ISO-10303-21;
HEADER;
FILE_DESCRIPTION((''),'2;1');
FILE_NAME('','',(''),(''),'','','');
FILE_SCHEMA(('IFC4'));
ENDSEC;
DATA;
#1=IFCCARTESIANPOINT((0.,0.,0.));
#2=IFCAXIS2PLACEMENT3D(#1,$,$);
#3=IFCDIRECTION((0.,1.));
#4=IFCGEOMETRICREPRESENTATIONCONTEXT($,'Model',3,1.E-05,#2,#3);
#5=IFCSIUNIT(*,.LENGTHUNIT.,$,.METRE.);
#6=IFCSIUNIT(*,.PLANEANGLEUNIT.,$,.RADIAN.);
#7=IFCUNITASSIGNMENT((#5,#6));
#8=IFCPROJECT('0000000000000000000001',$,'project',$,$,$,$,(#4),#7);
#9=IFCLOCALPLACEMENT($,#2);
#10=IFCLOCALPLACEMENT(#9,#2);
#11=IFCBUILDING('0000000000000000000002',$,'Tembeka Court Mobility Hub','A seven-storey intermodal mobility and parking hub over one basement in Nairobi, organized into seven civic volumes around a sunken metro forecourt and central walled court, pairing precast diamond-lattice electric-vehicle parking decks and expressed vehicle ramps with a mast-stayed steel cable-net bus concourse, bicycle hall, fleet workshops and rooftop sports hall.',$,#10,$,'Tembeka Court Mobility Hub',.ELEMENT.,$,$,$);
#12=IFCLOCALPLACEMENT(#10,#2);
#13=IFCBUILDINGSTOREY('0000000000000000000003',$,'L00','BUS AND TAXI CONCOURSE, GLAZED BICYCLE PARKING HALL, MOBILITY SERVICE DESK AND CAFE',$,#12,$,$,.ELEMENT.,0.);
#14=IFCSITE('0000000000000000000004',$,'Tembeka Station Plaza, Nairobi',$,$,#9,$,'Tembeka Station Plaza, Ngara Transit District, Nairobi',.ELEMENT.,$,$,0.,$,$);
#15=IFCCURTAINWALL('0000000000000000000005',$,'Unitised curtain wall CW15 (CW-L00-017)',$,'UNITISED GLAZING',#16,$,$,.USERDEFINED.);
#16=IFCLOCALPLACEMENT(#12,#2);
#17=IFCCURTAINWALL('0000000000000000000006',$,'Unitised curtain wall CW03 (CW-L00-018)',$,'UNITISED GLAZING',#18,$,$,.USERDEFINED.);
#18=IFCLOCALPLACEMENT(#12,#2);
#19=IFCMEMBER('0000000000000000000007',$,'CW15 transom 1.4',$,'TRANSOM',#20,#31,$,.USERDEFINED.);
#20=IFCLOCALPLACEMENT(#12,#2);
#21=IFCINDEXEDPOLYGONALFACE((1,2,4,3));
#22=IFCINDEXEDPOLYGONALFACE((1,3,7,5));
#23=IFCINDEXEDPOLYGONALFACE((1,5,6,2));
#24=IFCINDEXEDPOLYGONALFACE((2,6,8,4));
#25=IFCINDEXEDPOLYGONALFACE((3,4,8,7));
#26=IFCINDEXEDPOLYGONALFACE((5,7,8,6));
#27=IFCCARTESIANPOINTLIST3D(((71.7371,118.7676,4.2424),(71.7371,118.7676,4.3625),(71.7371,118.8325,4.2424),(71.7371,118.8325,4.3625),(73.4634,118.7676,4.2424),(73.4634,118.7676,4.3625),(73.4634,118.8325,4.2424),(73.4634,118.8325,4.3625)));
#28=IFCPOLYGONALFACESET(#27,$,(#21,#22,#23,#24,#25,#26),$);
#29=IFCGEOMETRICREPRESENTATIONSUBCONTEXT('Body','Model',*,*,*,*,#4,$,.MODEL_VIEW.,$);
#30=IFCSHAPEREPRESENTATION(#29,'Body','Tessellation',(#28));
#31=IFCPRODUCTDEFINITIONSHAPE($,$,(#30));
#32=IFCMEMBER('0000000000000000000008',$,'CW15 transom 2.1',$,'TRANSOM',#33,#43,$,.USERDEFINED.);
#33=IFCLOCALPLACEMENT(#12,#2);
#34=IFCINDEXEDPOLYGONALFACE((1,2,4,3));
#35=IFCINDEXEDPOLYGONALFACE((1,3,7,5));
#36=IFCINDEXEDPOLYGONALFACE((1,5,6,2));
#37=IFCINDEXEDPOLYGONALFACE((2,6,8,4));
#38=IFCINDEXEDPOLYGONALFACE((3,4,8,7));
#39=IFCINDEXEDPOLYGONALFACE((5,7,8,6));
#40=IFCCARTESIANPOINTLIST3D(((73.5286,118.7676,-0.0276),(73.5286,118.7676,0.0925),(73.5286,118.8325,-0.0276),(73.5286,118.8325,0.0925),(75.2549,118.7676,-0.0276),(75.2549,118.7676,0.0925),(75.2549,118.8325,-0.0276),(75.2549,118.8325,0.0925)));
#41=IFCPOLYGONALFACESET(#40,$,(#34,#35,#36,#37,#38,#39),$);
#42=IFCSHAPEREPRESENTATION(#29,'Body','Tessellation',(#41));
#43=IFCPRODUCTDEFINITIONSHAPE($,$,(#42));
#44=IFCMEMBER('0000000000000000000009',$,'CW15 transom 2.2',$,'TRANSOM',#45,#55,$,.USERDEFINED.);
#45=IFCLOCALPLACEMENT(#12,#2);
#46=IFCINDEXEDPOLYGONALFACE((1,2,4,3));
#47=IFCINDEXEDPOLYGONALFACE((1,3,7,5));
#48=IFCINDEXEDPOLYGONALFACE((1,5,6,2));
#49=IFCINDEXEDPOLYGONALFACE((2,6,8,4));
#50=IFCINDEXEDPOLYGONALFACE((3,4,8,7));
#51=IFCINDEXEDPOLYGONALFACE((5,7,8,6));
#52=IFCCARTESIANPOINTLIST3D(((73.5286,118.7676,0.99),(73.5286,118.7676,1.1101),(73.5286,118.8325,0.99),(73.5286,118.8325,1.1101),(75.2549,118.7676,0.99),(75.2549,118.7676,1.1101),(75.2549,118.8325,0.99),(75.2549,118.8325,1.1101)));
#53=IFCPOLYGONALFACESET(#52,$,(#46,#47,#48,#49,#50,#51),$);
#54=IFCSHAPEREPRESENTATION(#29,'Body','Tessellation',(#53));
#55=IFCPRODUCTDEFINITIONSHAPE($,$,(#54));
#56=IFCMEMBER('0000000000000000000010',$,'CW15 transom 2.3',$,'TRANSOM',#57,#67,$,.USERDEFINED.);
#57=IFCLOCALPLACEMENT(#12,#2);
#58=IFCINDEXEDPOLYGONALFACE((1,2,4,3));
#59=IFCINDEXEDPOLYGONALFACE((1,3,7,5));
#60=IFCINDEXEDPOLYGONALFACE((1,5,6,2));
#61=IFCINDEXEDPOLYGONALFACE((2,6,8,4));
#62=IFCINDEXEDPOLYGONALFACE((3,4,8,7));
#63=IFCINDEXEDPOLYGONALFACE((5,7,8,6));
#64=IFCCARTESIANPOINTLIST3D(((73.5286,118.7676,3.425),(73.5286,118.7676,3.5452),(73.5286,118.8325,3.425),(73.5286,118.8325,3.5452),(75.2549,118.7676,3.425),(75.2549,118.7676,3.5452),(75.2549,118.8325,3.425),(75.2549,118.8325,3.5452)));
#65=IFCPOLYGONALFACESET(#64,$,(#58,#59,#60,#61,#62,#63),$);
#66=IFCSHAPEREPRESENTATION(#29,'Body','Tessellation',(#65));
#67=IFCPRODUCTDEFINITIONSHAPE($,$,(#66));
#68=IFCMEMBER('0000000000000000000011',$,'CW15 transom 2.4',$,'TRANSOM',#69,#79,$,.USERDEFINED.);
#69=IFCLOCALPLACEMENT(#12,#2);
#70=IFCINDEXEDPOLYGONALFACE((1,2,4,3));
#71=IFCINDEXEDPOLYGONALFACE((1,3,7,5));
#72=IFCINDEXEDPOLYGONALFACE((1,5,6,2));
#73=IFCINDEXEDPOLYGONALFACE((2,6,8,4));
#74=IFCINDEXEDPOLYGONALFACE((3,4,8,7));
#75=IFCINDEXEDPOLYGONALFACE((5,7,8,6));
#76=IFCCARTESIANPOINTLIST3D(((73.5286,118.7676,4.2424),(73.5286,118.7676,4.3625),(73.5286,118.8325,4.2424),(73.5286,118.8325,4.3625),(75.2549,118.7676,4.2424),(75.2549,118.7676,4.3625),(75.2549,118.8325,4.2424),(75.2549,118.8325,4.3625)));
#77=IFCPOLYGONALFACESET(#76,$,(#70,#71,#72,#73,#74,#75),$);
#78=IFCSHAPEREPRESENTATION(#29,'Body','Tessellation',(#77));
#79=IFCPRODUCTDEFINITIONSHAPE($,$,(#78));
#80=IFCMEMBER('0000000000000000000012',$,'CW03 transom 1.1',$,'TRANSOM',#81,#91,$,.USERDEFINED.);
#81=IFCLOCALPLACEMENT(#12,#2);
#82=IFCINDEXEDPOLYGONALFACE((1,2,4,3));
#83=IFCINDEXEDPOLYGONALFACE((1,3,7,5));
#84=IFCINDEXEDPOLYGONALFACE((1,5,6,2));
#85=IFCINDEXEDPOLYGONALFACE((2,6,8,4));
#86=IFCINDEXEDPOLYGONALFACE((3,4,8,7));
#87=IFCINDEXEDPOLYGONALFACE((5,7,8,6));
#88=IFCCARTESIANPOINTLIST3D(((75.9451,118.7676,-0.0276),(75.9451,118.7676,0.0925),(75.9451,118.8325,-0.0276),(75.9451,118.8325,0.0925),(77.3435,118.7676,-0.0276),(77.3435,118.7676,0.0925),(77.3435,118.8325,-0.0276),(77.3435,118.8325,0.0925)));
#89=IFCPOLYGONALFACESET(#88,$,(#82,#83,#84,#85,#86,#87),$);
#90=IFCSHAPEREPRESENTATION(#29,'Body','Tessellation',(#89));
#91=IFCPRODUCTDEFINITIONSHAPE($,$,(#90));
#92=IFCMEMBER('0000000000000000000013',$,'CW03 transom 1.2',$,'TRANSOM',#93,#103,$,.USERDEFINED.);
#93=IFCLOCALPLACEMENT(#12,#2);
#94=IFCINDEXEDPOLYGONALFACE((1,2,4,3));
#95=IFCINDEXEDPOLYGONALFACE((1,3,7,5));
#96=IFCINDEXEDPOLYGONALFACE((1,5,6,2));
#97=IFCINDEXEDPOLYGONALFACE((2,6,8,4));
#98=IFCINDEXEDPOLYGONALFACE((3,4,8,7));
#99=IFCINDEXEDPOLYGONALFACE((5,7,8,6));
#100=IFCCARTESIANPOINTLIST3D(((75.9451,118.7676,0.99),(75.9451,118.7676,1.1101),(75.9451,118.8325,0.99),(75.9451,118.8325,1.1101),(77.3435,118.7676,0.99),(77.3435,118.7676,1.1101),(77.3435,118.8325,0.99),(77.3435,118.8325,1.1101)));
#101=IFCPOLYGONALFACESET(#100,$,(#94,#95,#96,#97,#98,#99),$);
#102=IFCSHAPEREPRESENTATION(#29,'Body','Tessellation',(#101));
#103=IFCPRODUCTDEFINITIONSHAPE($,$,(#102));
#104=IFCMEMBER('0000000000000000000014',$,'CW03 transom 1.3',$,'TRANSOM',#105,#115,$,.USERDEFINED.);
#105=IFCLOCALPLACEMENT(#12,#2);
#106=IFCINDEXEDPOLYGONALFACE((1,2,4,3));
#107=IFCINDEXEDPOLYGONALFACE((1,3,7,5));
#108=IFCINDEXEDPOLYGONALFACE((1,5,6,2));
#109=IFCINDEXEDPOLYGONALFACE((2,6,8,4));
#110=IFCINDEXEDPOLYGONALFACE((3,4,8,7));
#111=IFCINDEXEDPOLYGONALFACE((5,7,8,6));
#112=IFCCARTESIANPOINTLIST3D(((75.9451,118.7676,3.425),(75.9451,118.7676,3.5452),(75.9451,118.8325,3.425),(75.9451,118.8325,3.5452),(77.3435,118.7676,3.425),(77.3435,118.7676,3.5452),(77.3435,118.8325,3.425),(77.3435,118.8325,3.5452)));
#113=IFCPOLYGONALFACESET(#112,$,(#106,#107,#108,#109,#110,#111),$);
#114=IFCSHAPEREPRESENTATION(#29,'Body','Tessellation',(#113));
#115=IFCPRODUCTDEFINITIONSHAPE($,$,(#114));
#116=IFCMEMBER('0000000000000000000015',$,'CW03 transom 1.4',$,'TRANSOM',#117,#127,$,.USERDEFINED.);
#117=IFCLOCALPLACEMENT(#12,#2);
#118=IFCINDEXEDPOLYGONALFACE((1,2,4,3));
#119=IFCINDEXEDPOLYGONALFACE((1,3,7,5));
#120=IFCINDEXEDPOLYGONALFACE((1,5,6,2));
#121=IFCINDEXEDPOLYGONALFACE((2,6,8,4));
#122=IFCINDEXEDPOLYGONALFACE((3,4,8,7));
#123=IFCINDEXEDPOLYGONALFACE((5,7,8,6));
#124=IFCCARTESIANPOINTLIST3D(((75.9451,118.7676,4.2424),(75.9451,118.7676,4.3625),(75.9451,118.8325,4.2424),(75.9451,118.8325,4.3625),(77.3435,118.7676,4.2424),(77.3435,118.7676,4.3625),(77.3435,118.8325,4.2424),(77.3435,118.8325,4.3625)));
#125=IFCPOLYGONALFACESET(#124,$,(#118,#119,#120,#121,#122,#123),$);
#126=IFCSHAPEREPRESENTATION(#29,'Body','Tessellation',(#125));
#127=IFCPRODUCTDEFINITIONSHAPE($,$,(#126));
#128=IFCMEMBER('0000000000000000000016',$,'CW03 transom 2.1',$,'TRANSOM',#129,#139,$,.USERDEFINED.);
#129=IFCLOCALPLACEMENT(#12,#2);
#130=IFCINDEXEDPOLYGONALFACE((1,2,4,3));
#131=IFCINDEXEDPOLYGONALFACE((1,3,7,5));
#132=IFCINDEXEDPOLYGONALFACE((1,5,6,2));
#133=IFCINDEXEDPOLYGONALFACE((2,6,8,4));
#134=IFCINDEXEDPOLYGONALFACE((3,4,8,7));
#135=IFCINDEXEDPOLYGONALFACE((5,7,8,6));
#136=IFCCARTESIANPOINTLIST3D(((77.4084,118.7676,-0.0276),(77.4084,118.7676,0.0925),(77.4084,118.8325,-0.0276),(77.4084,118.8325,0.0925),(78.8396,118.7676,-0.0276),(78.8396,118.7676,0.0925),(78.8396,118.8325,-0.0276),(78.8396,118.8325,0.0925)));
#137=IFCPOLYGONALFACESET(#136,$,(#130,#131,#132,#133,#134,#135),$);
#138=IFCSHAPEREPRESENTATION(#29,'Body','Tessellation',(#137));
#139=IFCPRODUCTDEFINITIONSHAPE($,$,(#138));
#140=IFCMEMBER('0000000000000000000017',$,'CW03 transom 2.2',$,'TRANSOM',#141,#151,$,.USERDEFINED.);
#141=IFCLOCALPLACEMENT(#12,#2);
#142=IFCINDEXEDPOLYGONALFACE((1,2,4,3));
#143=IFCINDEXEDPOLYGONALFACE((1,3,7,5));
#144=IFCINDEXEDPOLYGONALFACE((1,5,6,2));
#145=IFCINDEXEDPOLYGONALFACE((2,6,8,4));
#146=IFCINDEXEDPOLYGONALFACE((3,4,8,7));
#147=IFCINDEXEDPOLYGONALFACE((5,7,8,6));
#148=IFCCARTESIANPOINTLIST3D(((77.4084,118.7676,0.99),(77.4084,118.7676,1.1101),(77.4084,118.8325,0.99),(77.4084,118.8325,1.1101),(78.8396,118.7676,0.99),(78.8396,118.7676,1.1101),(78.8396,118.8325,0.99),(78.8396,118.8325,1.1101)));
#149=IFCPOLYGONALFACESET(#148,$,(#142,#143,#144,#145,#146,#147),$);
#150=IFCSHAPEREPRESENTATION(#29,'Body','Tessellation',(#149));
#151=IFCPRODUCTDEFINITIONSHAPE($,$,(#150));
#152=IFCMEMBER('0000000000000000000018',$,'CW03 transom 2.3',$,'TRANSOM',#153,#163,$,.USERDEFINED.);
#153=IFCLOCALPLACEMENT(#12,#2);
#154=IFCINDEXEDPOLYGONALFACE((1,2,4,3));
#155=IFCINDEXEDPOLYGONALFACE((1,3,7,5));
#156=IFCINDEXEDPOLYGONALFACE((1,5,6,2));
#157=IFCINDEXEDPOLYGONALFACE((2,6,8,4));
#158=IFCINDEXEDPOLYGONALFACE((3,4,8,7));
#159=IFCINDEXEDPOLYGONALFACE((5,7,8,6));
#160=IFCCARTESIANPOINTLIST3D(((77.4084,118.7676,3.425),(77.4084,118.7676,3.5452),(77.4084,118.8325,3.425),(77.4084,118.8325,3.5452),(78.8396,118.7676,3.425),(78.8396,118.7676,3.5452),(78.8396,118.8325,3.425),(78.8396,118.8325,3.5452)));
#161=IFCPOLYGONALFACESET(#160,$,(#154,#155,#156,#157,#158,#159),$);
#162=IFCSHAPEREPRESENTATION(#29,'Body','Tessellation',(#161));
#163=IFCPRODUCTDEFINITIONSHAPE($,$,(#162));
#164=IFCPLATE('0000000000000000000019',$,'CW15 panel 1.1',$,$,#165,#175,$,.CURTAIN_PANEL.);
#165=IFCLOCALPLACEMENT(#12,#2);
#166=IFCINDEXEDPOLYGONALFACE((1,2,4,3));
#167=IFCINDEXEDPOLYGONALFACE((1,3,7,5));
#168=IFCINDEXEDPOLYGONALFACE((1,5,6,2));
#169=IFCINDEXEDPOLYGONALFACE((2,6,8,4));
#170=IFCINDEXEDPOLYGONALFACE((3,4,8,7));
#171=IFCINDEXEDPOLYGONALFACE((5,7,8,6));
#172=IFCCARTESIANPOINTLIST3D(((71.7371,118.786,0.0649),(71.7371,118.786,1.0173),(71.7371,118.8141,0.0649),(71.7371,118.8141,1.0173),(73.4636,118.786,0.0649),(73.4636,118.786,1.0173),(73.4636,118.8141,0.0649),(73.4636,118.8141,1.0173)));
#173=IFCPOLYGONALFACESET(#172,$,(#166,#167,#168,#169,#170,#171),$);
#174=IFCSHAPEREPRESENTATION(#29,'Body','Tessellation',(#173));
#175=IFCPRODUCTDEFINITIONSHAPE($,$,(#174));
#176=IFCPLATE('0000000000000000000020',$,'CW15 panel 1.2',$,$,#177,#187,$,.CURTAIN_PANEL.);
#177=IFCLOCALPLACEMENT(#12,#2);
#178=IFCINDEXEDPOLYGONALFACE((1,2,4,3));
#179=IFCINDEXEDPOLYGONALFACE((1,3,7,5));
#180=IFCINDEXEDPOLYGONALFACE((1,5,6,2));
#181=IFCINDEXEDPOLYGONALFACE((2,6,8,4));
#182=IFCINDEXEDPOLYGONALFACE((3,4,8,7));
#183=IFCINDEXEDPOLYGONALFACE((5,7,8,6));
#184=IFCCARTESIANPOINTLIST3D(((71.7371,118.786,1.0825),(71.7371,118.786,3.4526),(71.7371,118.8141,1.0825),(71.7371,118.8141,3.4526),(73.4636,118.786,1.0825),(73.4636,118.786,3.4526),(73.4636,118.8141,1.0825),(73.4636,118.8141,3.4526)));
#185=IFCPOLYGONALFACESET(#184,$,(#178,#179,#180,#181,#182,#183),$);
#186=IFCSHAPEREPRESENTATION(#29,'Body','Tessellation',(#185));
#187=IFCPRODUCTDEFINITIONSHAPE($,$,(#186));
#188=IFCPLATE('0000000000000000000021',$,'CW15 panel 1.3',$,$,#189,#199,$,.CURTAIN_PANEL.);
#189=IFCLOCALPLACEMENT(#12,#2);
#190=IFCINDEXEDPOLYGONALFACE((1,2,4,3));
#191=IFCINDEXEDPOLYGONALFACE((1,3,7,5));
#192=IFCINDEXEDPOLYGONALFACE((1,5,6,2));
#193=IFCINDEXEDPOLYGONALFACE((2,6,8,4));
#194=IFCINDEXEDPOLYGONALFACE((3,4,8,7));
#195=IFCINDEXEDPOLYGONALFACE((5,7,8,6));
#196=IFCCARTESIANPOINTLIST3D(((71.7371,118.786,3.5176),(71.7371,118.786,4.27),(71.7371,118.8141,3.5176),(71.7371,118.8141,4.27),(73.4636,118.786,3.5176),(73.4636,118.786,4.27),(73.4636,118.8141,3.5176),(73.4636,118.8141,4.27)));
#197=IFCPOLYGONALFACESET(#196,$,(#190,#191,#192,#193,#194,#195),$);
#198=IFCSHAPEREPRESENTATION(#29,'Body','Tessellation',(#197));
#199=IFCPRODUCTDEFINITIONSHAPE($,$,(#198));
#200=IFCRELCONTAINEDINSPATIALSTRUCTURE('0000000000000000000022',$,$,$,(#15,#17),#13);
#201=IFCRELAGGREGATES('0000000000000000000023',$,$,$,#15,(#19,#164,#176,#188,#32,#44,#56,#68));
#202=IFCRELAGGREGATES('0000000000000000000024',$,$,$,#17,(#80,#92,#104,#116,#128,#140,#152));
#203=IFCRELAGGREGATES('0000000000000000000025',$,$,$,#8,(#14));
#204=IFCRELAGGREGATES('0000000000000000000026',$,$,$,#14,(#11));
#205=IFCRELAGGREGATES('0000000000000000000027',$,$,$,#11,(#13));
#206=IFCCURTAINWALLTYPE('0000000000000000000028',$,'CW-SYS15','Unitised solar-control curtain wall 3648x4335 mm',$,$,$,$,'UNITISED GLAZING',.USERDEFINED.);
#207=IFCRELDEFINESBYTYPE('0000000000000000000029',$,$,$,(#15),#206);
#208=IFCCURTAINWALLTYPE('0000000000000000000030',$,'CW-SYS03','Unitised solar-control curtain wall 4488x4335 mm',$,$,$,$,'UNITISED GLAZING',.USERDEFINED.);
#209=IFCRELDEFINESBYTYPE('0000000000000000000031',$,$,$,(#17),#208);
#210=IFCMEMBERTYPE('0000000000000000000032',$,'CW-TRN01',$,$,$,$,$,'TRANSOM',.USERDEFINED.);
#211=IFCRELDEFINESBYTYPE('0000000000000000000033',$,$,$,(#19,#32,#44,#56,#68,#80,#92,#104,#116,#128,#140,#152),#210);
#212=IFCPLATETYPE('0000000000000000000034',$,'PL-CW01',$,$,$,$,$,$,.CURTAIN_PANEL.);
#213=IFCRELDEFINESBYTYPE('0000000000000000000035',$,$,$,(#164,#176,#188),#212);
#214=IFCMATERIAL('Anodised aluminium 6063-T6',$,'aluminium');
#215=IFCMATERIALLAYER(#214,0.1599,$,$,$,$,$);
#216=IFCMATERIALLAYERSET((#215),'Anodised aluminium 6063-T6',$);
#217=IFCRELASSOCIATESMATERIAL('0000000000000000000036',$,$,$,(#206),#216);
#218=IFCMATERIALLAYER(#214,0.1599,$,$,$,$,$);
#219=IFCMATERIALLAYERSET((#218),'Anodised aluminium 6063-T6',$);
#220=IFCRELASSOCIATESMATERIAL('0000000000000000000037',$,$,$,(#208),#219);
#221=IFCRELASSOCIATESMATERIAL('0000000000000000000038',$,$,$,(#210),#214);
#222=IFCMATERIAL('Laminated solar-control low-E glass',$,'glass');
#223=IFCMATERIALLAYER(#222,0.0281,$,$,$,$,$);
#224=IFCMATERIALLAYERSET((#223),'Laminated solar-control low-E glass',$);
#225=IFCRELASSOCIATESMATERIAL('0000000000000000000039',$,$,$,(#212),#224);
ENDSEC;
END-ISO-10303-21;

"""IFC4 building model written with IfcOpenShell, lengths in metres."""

from ifc_helpers import new_model, si_unit, direction, frame, origin, origin_2d, place, context, subcontext, project, spatial, rectangle, extrude, material, layer, layer_set, material_profile, profile_set, type_object, element, aggregate, save


model = new_model("IFC4")

# Units and contexts
model_context = context("Model", 3, precision=1e-05, world=origin(), true_north=direction((0.0, 1.0)))
body_context = subcontext(model_context, "Body", "Model", "MODEL_VIEW")
ifc_project = project(units=[si_unit("LENGTHUNIT", "METRE"), si_unit("PLANEANGLEUNIT", "RADIAN")], contexts=[model_context])

# Site, building, storey
site_placement = place(None, origin())
site = spatial("IfcSite", under=ifc_project, at=site_placement, Name="Tembeka Station Plaza, Nairobi", LongName="Tembeka Station Plaza, Ngara Transit District, Nairobi", CompositionType="ELEMENT", RefElevation=0.0)
building_placement = place(site_placement, origin())
building = spatial("IfcBuilding", under=site, at=building_placement, Name="Tembeka Court Mobility Hub", Description="A seven-storey intermodal mobility and parking hub over one basement in Nairobi, organized into seven civic volumes around a sunken metro forecourt and central walled court, pairing precast diamond-lattice electric-vehicle parking decks and expressed vehicle ramps with a mast-stayed steel cable-net bus concourse, bicycle hall, fleet workshops and rooftop sports hall.", LongName="Tembeka Court Mobility Hub", CompositionType="ELEMENT")
storey_placement = place(building_placement, origin())
storey = spatial("IfcBuildingStorey", under=building, at=storey_placement, Name="L00", Description="BUS AND TAXI CONCOURSE, GLAZED BICYCLE PARKING HALL, MOBILITY SERVICE DESK AND CAFE", CompositionType="ELEMENT", Elevation=0.0)

# Curtain walls
ifc_material_1 = material(Name="Anodised aluminium 6063-T6", Category="aluminium")
ifc_layer_1 = layer(ifc_material_1, 0.1599)
ifc_layer_set_1 = layer_set([ifc_layer_1], Name="Anodised aluminium 6063-T6")
curtain_wall_type_1 = type_object("IfcCurtainWallType", Name="CW-SYS15", Description="Unitised solar-control curtain wall 3648x4335 mm", ElementType="UNITISED GLAZING", PredefinedType="USERDEFINED", material=ifc_layer_set_1)
curtain_wall_1_placement = place(storey_placement, origin())
curtain_wall_1 = element("IfcCurtainWall", 1, at=curtain_wall_1_placement, inside=storey, type_object=curtain_wall_type_1, Name="Unitised curtain wall CW15 (CW-L00-017)", ObjectType="UNITISED GLAZING", PredefinedType="USERDEFINED")
ifc_layer_2 = layer(ifc_material_1, 0.1599)
ifc_layer_set_2 = layer_set([ifc_layer_2], Name="Anodised aluminium 6063-T6")
curtain_wall_type_2 = type_object("IfcCurtainWallType", Name="CW-SYS03", Description="Unitised solar-control curtain wall 4488x4335 mm", ElementType="UNITISED GLAZING", PredefinedType="USERDEFINED", material=ifc_layer_set_2)
curtain_wall_2_placement = place(storey_placement, origin())
curtain_wall_2 = element("IfcCurtainWall", 2, at=curtain_wall_2_placement, inside=storey, type_object=curtain_wall_type_2, Name="Unitised curtain wall CW03 (CW-L00-018)", ObjectType="UNITISED GLAZING", PredefinedType="USERDEFINED")

# Members
ifc_material_profile_1 = material_profile(ifc_material_1, rectangle(XDim=0.0649, YDim=0.1201, at=origin_2d()), Name="ALU-TRN 65x120")
ifc_profile_set_1 = profile_set([ifc_material_profile_1], Name="Anodised aluminium 6063-T6")
member_type_1 = type_object("IfcMemberType", Name="CW-TRN01", ElementType="TRANSOM", PredefinedType="USERDEFINED", material=ifc_profile_set_1)
member_1_placement = place(storey_placement, frame((71.7371, 118.8, 4.3025), z_axis=(1.0, 0.0, 0.0), x_axis=(0.0, 1.0, 0.0)))
member_1 = element("IfcMember", 3, at=member_1_placement, type_object=member_type_1, Name="CW15 transom 1.4", ObjectType="TRANSOM", PredefinedType="USERDEFINED", context=body_context, shape_type="SweptSolid", body=[
    extrude(rectangle(XDim=0.0649, YDim=0.1201, at=origin_2d()), origin(), (0.0, 0.0, 1.0), 1.7263),
])
member_2_placement = place(storey_placement, frame((73.5286, 118.8, 0.0325), z_axis=(1.0, 0.0, 0.0), x_axis=(0.0, 1.0, 0.0)))
member_2 = element("IfcMember", 4, at=member_2_placement, type_object=member_type_1, Name="CW15 transom 2.1", ObjectType="TRANSOM", PredefinedType="USERDEFINED", context=body_context, shape_type="SweptSolid", body=[
    extrude(rectangle(XDim=0.0649, YDim=0.1201, at=origin_2d()), origin(), (0.0, 0.0, 1.0), 1.7263),
])
member_3_placement = place(storey_placement, frame((73.5286, 118.8, 1.05), z_axis=(1.0, 0.0, 0.0), x_axis=(0.0, 1.0, 0.0)))
member_3 = element("IfcMember", 5, at=member_3_placement, type_object=member_type_1, Name="CW15 transom 2.2", ObjectType="TRANSOM", PredefinedType="USERDEFINED", context=body_context, shape_type="SweptSolid", body=[
    extrude(rectangle(XDim=0.0649, YDim=0.1201, at=origin_2d()), origin(), (0.0, 0.0, 1.0), 1.7263),
])
member_4_placement = place(storey_placement, frame((73.5286, 118.8, 3.4851), z_axis=(1.0, 0.0, 0.0), x_axis=(0.0, 1.0, 0.0)))
member_4 = element("IfcMember", 6, at=member_4_placement, type_object=member_type_1, Name="CW15 transom 2.3", ObjectType="TRANSOM", PredefinedType="USERDEFINED", context=body_context, shape_type="SweptSolid", body=[
    extrude(rectangle(XDim=0.0649, YDim=0.1201, at=origin_2d()), origin(), (0.0, 0.0, 1.0), 1.7263),
])
member_5_placement = place(storey_placement, frame((73.5286, 118.8, 4.3025), z_axis=(1.0, 0.0, 0.0), x_axis=(0.0, 1.0, 0.0)))
member_5 = element("IfcMember", 7, at=member_5_placement, type_object=member_type_1, Name="CW15 transom 2.4", ObjectType="TRANSOM", PredefinedType="USERDEFINED", context=body_context, shape_type="SweptSolid", body=[
    extrude(rectangle(XDim=0.0649, YDim=0.1201, at=origin_2d()), origin(), (0.0, 0.0, 1.0), 1.7263),
])
member_6_placement = place(storey_placement, frame((75.9451, 118.8, 0.0325), z_axis=(1.0, 0.0, 0.0), x_axis=(0.0, 1.0, 0.0)))
member_6 = element("IfcMember", 8, at=member_6_placement, type_object=member_type_1, Name="CW03 transom 1.1", ObjectType="TRANSOM", PredefinedType="USERDEFINED", context=body_context, shape_type="SweptSolid", body=[
    extrude(rectangle(XDim=0.0649, YDim=0.1201, at=origin_2d()), origin(), (0.0, 0.0, 1.0), 1.3984),
])
member_7_placement = place(storey_placement, frame((75.9451, 118.8, 1.05), z_axis=(1.0, 0.0, 0.0), x_axis=(0.0, 1.0, 0.0)))
member_7 = element("IfcMember", 9, at=member_7_placement, type_object=member_type_1, Name="CW03 transom 1.2", ObjectType="TRANSOM", PredefinedType="USERDEFINED", context=body_context, shape_type="SweptSolid", body=[
    extrude(rectangle(XDim=0.0649, YDim=0.1201, at=origin_2d()), origin(), (0.0, 0.0, 1.0), 1.3984),
])
member_8_placement = place(storey_placement, frame((75.9451, 118.8, 3.4851), z_axis=(1.0, 0.0, 0.0), x_axis=(0.0, 1.0, 0.0)))
member_8 = element("IfcMember", 10, at=member_8_placement, type_object=member_type_1, Name="CW03 transom 1.3", ObjectType="TRANSOM", PredefinedType="USERDEFINED", context=body_context, shape_type="SweptSolid", body=[
    extrude(rectangle(XDim=0.0649, YDim=0.1201, at=origin_2d()), origin(), (0.0, 0.0, 1.0), 1.3984),
])
member_9_placement = place(storey_placement, frame((75.9451, 118.8, 4.3025), z_axis=(1.0, 0.0, 0.0), x_axis=(0.0, 1.0, 0.0)))
member_9 = element("IfcMember", 11, at=member_9_placement, type_object=member_type_1, Name="CW03 transom 1.4", ObjectType="TRANSOM", PredefinedType="USERDEFINED", context=body_context, shape_type="SweptSolid", body=[
    extrude(rectangle(XDim=0.0649, YDim=0.1201, at=origin_2d()), origin(), (0.0, 0.0, 1.0), 1.3984),
])
member_10_placement = place(storey_placement, frame((77.4084, 118.8, 0.0325), z_axis=(1.0, 0.0, 0.0), x_axis=(0.0, 1.0, 0.0)))
member_10 = element("IfcMember", 12, at=member_10_placement, type_object=member_type_1, Name="CW03 transom 2.1", ObjectType="TRANSOM", PredefinedType="USERDEFINED", context=body_context, shape_type="SweptSolid", body=[
    extrude(rectangle(XDim=0.0649, YDim=0.1201, at=origin_2d()), origin(), (0.0, 0.0, 1.0), 1.4312),
])
member_11_placement = place(storey_placement, frame((77.4084, 118.8, 1.05), z_axis=(1.0, 0.0, 0.0), x_axis=(0.0, 1.0, 0.0)))
member_11 = element("IfcMember", 13, at=member_11_placement, type_object=member_type_1, Name="CW03 transom 2.2", ObjectType="TRANSOM", PredefinedType="USERDEFINED", context=body_context, shape_type="SweptSolid", body=[
    extrude(rectangle(XDim=0.0649, YDim=0.1201, at=origin_2d()), origin(), (0.0, 0.0, 1.0), 1.4312),
])
member_12_placement = place(storey_placement, frame((77.4084, 118.8, 3.4851), z_axis=(1.0, 0.0, 0.0), x_axis=(0.0, 1.0, 0.0)))
member_12 = element("IfcMember", 14, at=member_12_placement, type_object=member_type_1, Name="CW03 transom 2.3", ObjectType="TRANSOM", PredefinedType="USERDEFINED", context=body_context, shape_type="SweptSolid", body=[
    extrude(rectangle(XDim=0.0649, YDim=0.1201, at=origin_2d()), origin(), (0.0, 0.0, 1.0), 1.4312),
])

# Plates
ifc_material_2 = material(Name="Laminated solar-control low-E glass", Category="glass")
ifc_layer_3 = layer(ifc_material_2, 0.0281)
ifc_layer_set_3 = layer_set([ifc_layer_3], Name="Laminated solar-control low-E glass")
plate_type = type_object("IfcPlateType", Name="PL-CW01", PredefinedType="CURTAIN_PANEL", material=ifc_layer_set_3)
plate_1_placement = place(storey_placement, frame((72.6003, 118.8, 0.0649), z_axis=(0.0, 0.0, 1.0), x_axis=(1.0, 0.0, 0.0)))
plate_1 = element("IfcPlate", 15, at=plate_1_placement, type_object=plate_type, Name="CW15 panel 1.1", PredefinedType="CURTAIN_PANEL", context=body_context, shape_type="SweptSolid", body=[
    extrude(rectangle(XDim=1.7266, YDim=0.0281, at=origin_2d()), origin(), (0.0, 0.0, 1.0), 0.9524),
])
plate_2_placement = place(storey_placement, frame((72.6003, 118.8, 1.0825), z_axis=(0.0, 0.0, 1.0), x_axis=(1.0, 0.0, 0.0)))
plate_2 = element("IfcPlate", 16, at=plate_2_placement, type_object=plate_type, Name="CW15 panel 1.2", PredefinedType="CURTAIN_PANEL", context=body_context, shape_type="SweptSolid", body=[
    extrude(rectangle(XDim=1.7266, YDim=0.0281, at=origin_2d()), origin(), (0.0, 0.0, 1.0), 2.3701),
])
plate_3_placement = place(storey_placement, frame((72.6003, 118.8, 3.5176), z_axis=(0.0, 0.0, 1.0), x_axis=(1.0, 0.0, 0.0)))
plate_3 = element("IfcPlate", 17, at=plate_3_placement, type_object=plate_type, Name="CW15 panel 1.3", PredefinedType="CURTAIN_PANEL", context=body_context, shape_type="SweptSolid", body=[
    extrude(rectangle(XDim=1.7266, YDim=0.0281, at=origin_2d()), origin(), (0.0, 0.0, 1.0), 0.7524),
])
aggregate(curtain_wall_1, [member_1, plate_1, plate_2, plate_3, member_2, member_3, member_4, member_5])
aggregate(curtain_wall_2, [member_6, member_7, member_8, member_9, member_10, member_11, member_12])

save(model, "model.ifc")
